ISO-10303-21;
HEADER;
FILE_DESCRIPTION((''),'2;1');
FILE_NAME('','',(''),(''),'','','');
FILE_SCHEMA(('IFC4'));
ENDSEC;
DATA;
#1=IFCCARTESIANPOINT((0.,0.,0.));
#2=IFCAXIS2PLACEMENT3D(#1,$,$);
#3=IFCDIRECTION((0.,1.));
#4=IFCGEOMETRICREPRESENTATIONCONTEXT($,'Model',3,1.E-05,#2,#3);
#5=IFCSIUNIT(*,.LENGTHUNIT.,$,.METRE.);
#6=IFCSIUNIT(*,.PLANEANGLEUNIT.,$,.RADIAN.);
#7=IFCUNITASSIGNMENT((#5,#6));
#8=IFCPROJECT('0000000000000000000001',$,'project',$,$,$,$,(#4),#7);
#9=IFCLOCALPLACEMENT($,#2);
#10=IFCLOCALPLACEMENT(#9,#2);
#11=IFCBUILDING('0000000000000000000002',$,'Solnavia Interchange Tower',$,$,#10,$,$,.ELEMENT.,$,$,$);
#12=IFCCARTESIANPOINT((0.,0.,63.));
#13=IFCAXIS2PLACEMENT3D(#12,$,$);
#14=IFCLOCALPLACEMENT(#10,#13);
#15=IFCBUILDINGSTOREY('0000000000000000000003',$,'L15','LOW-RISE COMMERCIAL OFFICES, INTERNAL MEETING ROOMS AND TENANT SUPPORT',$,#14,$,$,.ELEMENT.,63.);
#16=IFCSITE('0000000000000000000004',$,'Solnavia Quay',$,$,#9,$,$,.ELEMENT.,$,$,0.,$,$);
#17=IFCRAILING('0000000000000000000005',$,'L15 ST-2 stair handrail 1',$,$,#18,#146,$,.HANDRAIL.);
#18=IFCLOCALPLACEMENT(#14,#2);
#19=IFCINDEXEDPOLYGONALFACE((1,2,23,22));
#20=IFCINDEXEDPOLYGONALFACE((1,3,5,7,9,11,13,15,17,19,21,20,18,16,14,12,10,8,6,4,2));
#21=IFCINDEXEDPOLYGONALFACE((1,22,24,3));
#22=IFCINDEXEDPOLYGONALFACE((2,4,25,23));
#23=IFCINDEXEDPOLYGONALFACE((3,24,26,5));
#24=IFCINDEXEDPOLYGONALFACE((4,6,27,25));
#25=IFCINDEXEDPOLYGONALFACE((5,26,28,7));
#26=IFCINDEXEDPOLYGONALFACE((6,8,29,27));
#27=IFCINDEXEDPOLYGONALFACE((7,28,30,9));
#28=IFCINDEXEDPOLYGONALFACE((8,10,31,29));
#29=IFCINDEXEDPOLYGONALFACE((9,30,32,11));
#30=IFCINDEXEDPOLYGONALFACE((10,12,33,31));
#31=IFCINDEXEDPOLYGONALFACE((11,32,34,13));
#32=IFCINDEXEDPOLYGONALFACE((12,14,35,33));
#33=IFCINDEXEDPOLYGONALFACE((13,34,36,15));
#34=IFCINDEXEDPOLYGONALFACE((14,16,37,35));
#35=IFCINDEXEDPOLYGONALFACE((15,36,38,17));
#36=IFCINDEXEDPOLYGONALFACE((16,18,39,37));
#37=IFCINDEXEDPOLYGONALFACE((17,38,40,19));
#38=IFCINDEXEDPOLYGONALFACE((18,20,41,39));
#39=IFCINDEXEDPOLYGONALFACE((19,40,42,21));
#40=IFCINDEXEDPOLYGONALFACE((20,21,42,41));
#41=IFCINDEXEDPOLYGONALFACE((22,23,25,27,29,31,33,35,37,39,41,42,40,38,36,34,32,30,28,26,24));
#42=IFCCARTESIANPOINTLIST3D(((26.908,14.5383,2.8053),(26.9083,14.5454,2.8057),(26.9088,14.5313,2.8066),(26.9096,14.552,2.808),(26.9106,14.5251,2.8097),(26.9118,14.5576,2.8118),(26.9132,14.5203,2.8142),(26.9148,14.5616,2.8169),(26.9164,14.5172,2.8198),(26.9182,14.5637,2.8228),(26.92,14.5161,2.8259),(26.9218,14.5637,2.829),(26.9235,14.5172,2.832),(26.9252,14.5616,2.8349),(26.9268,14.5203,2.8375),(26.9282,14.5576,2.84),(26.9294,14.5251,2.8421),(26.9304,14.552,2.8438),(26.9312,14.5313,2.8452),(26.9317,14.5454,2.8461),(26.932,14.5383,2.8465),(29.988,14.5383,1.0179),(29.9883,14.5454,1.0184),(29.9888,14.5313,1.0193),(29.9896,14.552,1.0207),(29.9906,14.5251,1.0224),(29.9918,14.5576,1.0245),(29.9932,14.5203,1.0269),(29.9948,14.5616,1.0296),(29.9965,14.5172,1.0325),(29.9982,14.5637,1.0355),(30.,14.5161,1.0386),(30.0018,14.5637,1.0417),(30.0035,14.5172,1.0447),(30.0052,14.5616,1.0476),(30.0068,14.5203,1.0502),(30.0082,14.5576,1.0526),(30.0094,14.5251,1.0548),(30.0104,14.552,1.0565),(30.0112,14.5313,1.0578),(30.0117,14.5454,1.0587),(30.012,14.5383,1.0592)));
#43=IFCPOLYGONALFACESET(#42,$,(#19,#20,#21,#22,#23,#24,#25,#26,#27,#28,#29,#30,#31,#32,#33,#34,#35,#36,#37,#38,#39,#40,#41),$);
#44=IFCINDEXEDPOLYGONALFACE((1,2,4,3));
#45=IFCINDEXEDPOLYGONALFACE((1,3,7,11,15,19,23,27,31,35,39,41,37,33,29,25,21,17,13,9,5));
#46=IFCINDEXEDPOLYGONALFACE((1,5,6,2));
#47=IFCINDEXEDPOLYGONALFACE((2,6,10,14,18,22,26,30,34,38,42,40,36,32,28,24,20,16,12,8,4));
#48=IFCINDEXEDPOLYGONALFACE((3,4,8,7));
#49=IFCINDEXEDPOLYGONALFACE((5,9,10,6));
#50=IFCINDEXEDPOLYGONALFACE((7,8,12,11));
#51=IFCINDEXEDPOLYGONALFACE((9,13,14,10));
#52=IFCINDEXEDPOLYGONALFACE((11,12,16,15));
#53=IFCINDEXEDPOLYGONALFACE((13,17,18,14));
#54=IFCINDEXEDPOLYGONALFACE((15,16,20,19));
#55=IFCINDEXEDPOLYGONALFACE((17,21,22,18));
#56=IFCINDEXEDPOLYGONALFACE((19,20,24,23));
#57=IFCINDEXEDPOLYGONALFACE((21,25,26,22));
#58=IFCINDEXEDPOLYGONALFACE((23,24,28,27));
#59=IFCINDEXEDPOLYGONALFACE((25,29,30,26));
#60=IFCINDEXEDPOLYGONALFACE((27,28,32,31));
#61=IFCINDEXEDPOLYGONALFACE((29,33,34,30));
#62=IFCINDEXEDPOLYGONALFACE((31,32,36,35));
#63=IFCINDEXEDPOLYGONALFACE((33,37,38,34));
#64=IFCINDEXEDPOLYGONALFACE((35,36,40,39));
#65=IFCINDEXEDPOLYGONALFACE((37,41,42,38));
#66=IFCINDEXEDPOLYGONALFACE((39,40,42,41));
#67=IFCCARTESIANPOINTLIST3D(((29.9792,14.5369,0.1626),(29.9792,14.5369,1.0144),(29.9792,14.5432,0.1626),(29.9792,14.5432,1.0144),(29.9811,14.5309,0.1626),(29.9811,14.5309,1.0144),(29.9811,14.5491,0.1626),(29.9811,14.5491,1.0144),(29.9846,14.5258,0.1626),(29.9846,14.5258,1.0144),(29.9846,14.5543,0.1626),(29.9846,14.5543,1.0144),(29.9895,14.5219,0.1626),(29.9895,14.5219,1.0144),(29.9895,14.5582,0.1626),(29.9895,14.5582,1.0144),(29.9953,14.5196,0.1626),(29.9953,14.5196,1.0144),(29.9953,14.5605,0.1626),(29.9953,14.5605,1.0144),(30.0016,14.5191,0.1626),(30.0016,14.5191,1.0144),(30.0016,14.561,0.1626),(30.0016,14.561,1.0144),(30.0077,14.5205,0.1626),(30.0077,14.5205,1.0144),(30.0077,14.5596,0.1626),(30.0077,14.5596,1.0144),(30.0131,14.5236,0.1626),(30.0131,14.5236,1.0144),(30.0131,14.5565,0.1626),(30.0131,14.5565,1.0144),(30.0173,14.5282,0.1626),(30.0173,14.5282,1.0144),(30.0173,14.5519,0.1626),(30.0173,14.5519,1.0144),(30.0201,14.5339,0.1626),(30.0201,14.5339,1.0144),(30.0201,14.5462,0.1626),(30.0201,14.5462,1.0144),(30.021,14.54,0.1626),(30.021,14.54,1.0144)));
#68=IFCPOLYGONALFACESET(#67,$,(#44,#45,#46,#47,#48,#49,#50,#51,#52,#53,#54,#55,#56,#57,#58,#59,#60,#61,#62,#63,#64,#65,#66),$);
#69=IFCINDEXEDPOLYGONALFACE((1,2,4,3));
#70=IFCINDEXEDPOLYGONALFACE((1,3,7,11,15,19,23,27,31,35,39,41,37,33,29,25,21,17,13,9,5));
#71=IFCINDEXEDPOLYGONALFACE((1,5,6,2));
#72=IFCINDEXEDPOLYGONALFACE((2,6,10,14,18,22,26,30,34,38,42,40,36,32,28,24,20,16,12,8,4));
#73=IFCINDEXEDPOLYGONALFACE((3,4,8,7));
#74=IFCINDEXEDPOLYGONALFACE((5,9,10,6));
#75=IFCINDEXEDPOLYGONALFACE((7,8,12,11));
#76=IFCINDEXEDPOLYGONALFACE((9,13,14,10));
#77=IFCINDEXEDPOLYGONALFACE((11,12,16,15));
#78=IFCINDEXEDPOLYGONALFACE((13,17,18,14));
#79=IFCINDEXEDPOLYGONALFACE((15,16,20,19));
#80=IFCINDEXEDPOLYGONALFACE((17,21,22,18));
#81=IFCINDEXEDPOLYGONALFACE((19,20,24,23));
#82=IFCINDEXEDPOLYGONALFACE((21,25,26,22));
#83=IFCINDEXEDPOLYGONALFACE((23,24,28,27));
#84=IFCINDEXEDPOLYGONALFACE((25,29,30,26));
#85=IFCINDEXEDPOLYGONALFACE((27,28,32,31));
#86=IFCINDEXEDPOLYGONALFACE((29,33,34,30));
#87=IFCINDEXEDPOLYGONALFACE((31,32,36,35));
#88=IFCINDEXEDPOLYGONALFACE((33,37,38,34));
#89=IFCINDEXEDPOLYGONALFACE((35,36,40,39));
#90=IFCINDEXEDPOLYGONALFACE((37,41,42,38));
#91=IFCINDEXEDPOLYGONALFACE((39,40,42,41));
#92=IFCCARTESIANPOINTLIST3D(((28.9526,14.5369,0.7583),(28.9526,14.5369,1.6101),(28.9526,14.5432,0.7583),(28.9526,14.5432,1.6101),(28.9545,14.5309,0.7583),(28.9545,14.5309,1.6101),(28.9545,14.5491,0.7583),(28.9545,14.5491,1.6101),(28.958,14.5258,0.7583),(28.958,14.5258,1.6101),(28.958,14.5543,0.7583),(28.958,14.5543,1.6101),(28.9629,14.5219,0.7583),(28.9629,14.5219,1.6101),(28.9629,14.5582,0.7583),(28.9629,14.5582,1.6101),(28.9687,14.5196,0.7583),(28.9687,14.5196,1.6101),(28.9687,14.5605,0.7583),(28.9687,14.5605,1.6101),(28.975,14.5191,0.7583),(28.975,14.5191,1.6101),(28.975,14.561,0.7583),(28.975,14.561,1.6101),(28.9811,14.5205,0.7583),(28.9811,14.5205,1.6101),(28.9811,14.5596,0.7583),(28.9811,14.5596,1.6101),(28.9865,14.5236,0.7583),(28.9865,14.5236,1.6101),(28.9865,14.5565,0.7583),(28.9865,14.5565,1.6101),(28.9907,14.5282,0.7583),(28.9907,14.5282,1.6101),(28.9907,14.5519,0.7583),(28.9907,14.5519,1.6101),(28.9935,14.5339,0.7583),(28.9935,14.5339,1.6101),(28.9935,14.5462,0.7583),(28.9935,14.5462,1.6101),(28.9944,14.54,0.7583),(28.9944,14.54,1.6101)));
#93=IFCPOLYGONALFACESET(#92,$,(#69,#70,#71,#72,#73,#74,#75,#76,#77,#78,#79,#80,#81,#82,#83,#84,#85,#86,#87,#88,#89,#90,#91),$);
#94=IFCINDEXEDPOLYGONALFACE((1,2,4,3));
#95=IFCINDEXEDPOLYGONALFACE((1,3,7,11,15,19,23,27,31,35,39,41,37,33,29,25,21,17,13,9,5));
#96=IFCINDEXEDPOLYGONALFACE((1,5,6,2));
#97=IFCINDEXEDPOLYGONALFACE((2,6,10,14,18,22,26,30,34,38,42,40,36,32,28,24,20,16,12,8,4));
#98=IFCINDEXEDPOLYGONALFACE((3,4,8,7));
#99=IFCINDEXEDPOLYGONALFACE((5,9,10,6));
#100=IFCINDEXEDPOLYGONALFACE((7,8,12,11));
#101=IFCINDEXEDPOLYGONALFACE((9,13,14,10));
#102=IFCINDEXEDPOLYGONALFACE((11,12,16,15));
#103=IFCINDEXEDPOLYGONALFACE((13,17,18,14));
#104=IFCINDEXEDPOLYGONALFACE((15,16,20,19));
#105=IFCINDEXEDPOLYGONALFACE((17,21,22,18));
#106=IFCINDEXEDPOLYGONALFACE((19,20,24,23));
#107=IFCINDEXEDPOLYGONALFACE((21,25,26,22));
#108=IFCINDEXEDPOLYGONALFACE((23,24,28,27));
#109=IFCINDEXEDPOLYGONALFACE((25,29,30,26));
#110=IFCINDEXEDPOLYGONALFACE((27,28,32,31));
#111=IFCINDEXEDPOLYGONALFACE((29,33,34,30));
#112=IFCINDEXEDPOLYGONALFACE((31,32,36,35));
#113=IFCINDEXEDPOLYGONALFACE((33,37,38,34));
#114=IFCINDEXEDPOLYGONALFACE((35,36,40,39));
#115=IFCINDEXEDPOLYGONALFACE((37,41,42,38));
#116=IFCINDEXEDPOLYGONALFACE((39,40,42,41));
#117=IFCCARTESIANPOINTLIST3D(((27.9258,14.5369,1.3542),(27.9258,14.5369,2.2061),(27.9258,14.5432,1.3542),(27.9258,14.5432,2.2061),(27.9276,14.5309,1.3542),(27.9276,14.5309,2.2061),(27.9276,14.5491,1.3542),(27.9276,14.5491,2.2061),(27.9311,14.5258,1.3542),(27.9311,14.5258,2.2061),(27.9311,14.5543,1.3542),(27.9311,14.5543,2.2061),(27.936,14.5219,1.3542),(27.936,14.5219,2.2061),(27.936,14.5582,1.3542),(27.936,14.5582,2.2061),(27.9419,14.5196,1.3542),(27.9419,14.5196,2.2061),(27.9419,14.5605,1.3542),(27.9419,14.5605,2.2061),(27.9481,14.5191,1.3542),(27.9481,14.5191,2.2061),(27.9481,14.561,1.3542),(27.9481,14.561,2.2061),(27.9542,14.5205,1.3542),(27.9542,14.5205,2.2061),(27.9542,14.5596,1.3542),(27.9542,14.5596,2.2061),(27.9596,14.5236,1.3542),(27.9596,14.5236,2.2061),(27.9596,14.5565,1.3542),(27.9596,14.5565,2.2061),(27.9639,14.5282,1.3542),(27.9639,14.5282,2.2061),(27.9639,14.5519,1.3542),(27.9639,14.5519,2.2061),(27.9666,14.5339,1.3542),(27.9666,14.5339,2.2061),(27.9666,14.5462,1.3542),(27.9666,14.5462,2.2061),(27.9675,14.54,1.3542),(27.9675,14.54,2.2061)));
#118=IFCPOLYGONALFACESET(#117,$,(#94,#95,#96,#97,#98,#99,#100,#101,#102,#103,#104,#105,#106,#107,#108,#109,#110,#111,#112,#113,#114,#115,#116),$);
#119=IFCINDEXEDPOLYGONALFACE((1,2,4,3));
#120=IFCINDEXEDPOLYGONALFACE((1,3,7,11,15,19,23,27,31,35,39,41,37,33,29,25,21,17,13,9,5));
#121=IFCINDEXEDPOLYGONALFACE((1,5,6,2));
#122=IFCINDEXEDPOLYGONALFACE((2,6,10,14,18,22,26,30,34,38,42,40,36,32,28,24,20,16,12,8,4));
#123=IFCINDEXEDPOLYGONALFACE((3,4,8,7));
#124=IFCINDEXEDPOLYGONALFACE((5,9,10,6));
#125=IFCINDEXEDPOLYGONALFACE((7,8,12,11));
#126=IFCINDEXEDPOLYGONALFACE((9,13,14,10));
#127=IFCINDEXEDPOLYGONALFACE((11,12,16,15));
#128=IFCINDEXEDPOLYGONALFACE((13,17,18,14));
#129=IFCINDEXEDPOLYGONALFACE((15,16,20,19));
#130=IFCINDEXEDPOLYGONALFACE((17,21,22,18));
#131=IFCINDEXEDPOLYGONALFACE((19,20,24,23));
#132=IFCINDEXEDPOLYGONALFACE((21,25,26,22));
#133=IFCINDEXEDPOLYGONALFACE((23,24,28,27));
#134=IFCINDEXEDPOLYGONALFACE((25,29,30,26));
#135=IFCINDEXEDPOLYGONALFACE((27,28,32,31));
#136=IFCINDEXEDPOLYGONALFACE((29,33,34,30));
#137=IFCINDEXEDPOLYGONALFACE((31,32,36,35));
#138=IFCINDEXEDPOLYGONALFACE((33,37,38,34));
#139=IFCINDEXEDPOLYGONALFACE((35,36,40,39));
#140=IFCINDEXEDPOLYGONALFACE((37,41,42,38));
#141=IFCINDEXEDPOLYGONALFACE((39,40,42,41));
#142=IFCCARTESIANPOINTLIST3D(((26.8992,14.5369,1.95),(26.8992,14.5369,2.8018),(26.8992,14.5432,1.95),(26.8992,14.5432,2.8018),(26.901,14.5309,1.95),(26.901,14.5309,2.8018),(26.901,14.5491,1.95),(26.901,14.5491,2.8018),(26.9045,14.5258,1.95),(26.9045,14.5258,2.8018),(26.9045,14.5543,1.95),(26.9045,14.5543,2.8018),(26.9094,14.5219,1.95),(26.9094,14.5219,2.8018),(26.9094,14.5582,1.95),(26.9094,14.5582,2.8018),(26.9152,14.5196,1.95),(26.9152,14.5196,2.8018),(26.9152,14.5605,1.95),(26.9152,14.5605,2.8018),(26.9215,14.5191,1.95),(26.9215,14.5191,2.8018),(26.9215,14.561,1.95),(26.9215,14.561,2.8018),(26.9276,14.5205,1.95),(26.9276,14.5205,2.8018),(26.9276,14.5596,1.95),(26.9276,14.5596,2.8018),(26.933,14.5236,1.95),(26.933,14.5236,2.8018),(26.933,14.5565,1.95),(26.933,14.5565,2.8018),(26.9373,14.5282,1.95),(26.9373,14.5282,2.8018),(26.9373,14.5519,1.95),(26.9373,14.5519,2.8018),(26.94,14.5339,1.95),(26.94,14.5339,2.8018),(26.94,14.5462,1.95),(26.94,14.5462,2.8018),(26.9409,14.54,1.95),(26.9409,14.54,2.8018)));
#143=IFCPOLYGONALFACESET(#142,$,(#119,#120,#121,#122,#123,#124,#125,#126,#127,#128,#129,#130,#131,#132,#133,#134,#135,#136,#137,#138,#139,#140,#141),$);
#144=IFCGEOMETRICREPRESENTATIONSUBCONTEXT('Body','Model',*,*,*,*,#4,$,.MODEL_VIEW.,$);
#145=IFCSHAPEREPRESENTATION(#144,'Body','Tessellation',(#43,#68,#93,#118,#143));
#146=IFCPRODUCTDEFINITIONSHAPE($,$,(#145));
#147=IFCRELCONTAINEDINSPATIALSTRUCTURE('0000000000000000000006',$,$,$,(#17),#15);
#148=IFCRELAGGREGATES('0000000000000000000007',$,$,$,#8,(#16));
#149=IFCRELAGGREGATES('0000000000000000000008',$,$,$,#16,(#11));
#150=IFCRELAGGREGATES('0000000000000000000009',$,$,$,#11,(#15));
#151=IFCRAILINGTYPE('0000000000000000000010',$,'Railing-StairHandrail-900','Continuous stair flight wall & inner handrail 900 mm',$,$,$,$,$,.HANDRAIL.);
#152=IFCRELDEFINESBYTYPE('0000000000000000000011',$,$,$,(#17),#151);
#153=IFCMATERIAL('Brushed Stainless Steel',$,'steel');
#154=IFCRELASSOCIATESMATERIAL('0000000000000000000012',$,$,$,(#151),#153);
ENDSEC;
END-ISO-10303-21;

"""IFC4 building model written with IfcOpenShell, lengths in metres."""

from ifc_helpers import new_model, si_unit, direction, frame, origin, origin_2d, place, context, subcontext, project, spatial, circle, extrude, material, type_object, element, save


model = new_model("IFC4")

# Units and contexts
model_context = context("Model", 3, precision=1e-05, world=origin(), true_north=direction((0.0, 1.0)))
body_context = subcontext(model_context, "Body", "Model", "MODEL_VIEW")
ifc_project = project(units=[si_unit("LENGTHUNIT", "METRE"), si_unit("PLANEANGLEUNIT", "RADIAN")], contexts=[model_context])

# Site, building, storey
site_placement = place(None, origin())
site = spatial("IfcSite", under=ifc_project, at=site_placement, Name="Solnavia Quay", CompositionType="ELEMENT", RefElevation=0.0)
building_placement = place(site_placement, origin())
building = spatial("IfcBuilding", under=site, at=building_placement, Name="Solnavia Interchange Tower", CompositionType="ELEMENT")
storey_placement = place(building_placement, frame((0.0, 0.0, 63.0)))
storey = spatial("IfcBuildingStorey", under=building, at=storey_placement, Name="L15", Description="LOW-RISE COMMERCIAL OFFICES, INTERNAL MEETING ROOMS AND TENANT SUPPORT", CompositionType="ELEMENT", Elevation=63.0)

# Railing
ifc_material_1 = material(Name="Brushed Stainless Steel", Category="steel")
railing_type_1 = type_object("IfcRailingType", Name="Railing-StairHandrail-900", Description="Continuous stair flight wall & inner handrail 900 mm", PredefinedType="HANDRAIL", material=ifc_material_1)
railing_1_placement = place(storey_placement, frame((30.0, 14.54, 0.1626)))
element("IfcRailing", 1, at=railing_1_placement, inside=storey, type_object=railing_type_1, Name="L15 ST-2 stair handrail 1", PredefinedType="HANDRAIL", context=body_context, shape_type="SweptSolid", body=[
    extrude(circle(Radius=0.0239, at=origin_2d()), frame((0.0, 0.0, 0.876), z_axis=(-0.86492, 0.0, 0.501909), x_axis=(0.0, -1.0, 0.0)), (0.0, 0.0, 1.0), 3.561),
    extrude(circle(Radius=0.021, at=origin_2d()), origin(), (0.0, 0.0, 1.0), 0.8518),
    extrude(circle(Radius=0.021, at=origin_2d()), frame((-1.0266, 0.0, 0.5957)), (0.0, 0.0, 1.0), 0.8518),
    extrude(circle(Radius=0.021, at=origin_2d()), frame((-2.0535, 0.0, 1.1917)), (0.0, 0.0, 1.0), 0.8518),
    extrude(circle(Radius=0.021, at=origin_2d()), frame((-3.0801, 0.0, 1.7874)), (0.0, 0.0, 1.0), 0.8518),
])

save(model, "model.ifc")
